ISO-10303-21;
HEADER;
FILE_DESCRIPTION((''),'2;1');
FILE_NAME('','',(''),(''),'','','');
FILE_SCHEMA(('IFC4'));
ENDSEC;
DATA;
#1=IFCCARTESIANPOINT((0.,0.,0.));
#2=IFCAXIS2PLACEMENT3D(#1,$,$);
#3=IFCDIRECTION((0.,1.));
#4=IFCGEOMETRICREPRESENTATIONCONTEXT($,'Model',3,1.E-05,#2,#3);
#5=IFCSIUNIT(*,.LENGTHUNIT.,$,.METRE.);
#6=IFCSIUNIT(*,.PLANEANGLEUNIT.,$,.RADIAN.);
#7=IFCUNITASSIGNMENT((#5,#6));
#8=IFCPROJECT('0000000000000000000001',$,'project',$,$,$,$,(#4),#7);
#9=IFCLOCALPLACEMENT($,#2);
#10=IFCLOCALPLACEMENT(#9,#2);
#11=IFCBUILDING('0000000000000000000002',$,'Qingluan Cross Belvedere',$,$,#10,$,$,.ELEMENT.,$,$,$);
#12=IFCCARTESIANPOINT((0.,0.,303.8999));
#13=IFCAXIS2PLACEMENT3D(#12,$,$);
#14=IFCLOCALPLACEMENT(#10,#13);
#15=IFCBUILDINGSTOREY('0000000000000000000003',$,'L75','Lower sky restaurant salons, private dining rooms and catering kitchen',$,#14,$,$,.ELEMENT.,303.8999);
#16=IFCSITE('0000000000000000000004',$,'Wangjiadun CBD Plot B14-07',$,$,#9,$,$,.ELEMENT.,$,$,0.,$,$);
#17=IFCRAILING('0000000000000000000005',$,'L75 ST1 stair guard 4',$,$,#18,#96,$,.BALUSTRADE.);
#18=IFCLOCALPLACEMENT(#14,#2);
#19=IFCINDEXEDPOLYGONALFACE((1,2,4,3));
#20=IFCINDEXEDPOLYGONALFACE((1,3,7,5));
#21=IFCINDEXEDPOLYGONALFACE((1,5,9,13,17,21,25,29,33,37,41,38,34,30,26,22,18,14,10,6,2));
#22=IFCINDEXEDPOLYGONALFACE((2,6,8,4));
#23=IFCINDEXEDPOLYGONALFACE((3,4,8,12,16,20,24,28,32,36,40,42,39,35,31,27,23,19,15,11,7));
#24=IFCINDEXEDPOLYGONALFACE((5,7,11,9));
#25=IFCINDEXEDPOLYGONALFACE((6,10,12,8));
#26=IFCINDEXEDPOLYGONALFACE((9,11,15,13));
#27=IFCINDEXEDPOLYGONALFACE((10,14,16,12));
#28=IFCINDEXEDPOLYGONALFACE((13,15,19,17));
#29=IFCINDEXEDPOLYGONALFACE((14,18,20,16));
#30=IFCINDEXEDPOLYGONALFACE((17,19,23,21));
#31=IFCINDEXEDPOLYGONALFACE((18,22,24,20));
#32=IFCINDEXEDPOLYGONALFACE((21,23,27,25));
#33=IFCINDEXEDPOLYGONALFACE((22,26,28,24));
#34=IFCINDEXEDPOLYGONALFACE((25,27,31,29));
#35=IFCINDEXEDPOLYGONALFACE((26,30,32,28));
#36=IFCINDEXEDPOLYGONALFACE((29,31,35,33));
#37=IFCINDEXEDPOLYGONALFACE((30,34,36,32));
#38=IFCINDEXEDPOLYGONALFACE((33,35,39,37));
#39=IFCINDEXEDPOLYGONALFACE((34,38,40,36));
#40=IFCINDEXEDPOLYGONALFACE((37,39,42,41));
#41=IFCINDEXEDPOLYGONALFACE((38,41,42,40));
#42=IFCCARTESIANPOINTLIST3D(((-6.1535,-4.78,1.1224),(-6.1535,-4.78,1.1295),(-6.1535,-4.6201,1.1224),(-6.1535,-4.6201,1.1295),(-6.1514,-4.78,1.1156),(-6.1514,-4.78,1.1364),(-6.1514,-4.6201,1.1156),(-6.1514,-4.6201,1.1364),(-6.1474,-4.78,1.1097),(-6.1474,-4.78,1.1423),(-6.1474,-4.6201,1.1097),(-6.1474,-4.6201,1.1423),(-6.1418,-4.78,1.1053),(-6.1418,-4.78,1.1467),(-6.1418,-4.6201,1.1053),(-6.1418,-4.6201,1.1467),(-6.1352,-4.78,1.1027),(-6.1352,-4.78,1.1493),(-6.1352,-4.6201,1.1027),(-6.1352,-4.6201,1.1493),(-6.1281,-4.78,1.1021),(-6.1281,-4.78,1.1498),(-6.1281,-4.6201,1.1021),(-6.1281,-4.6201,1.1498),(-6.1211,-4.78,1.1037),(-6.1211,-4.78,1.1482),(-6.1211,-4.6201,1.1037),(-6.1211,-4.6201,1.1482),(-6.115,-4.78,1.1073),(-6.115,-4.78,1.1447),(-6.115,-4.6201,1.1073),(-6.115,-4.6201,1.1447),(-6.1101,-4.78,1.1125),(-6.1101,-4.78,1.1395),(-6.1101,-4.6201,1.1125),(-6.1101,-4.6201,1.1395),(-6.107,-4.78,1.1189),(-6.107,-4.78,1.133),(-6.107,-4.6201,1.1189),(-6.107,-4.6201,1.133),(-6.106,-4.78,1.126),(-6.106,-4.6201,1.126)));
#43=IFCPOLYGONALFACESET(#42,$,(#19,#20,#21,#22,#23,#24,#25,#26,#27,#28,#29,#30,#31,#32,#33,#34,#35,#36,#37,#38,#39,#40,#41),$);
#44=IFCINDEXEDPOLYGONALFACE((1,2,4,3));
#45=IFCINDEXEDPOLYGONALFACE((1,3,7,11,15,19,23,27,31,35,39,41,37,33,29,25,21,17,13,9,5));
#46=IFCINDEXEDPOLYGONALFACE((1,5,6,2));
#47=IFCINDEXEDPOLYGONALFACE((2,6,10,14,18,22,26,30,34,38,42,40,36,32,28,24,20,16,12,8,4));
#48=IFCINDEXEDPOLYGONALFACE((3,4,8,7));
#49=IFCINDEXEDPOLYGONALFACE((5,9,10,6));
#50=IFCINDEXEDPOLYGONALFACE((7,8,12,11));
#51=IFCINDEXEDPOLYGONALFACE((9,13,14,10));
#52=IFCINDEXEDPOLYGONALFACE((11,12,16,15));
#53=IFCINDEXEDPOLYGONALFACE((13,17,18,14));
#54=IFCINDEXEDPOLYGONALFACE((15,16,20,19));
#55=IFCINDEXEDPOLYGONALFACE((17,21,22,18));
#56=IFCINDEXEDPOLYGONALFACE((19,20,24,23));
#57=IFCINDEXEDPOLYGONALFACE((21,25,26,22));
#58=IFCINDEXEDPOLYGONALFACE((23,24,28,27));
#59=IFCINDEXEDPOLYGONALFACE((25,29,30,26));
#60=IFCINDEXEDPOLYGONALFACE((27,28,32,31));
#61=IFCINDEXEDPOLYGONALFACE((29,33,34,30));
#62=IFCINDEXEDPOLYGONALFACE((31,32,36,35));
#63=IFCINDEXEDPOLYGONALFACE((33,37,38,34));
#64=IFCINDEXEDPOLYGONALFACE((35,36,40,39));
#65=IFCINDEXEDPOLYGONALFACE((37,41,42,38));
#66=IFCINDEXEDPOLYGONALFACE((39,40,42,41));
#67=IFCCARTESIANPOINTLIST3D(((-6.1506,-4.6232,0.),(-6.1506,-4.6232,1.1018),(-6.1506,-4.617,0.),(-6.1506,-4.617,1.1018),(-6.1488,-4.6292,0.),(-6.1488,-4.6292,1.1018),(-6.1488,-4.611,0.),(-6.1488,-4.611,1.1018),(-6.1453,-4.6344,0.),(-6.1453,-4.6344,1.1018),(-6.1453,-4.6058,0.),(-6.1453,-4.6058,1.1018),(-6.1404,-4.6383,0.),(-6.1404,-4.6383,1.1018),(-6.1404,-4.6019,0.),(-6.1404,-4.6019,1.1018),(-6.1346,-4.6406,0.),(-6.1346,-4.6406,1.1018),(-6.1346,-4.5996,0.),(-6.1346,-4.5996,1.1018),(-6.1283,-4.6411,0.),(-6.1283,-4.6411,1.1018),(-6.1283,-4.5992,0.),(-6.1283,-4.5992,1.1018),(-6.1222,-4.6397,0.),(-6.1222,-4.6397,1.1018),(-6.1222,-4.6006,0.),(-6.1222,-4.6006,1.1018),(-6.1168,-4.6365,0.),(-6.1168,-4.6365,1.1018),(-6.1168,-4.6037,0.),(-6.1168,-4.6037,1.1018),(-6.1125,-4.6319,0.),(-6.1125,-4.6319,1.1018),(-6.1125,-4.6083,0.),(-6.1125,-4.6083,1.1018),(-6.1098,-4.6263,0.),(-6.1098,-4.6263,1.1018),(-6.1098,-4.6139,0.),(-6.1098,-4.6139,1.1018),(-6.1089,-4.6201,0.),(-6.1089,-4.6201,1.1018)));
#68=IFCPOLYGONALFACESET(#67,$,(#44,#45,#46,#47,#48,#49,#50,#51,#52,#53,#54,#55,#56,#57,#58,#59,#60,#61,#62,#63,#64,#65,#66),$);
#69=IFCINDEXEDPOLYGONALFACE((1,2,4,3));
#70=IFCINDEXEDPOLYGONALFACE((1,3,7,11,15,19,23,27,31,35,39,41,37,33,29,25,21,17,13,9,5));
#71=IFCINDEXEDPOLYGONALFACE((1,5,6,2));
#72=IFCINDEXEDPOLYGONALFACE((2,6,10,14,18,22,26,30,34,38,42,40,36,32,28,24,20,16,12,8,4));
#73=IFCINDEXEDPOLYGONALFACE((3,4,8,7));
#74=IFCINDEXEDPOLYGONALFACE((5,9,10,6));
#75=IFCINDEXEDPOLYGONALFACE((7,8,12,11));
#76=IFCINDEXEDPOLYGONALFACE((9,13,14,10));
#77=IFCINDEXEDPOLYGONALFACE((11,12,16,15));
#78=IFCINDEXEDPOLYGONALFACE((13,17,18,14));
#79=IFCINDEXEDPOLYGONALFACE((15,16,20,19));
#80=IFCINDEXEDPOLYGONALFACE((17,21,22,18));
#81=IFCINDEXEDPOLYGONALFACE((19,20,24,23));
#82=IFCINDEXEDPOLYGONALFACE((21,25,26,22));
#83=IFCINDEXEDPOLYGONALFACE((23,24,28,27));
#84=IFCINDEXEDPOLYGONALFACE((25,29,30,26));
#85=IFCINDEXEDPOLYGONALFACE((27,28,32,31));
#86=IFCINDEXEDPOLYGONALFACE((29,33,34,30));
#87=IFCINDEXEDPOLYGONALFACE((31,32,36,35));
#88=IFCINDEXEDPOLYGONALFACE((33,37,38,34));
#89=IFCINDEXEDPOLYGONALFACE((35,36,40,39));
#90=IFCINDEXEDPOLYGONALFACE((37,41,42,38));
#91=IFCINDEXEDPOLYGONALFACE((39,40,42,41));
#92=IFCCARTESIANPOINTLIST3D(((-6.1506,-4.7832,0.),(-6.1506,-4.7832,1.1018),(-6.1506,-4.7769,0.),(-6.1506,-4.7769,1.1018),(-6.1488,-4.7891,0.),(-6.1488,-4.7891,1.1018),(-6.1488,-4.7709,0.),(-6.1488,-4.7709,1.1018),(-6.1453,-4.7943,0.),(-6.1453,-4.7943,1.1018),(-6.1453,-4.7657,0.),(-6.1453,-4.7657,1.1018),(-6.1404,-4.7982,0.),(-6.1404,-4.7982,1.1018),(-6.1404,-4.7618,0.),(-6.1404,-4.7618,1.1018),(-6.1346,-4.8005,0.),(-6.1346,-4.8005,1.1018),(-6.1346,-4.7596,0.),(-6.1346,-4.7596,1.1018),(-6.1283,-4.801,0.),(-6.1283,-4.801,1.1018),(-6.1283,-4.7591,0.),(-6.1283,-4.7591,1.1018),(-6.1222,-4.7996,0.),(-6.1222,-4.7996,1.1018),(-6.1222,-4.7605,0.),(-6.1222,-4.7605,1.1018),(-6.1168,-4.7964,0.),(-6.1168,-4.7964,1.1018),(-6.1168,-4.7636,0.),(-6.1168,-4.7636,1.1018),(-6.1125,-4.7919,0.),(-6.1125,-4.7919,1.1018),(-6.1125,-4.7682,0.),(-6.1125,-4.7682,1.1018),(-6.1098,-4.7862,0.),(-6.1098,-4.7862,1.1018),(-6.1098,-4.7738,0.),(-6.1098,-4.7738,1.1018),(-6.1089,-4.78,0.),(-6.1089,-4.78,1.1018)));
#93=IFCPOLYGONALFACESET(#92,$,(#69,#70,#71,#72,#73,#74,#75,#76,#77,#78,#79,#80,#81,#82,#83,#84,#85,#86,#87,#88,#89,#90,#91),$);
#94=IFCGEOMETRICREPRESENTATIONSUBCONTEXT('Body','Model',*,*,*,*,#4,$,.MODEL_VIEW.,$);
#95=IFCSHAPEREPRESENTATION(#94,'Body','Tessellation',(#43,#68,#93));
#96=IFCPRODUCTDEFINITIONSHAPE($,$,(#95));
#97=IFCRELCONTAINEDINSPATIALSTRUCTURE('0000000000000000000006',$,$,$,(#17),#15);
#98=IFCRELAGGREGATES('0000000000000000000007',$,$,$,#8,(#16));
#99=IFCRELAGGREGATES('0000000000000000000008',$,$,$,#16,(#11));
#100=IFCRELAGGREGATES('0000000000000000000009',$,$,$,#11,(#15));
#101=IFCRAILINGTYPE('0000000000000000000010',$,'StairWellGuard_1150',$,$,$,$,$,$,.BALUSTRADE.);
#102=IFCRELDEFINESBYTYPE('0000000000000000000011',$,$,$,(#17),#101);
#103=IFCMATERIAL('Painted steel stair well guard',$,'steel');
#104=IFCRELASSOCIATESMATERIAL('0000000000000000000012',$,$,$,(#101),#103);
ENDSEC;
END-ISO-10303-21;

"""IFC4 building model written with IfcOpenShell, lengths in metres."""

from ifc_helpers import new_model, si_unit, direction, frame, origin, origin_2d, place, context, subcontext, project, spatial, circle, extrude, material, type_object, element, save


model = new_model("IFC4")

# Units and contexts
model_context = context("Model", 3, precision=1e-05, world=origin(), true_north=direction((0.0, 1.0)))
body_context = subcontext(model_context, "Body", "Model", "MODEL_VIEW")
ifc_project = project(units=[si_unit("LENGTHUNIT", "METRE"), si_unit("PLANEANGLEUNIT", "RADIAN")], contexts=[model_context])

# Site, building, storey
site_placement = place(None, origin())
site = spatial("IfcSite", under=ifc_project, at=site_placement, Name="Wangjiadun CBD Plot B14-07", CompositionType="ELEMENT", RefElevation=0.0)
building_placement = place(site_placement, origin())
building = spatial("IfcBuilding", under=site, at=building_placement, Name="Qingluan Cross Belvedere", CompositionType="ELEMENT")
storey_placement = place(building_placement, frame((0.0, 0.0, 303.8999)))
storey = spatial("IfcBuildingStorey", under=building, at=storey_placement, Name="L75", Description="Lower sky restaurant salons, private dining rooms and catering kitchen", CompositionType="ELEMENT", Elevation=303.8999)

# Railing
ifc_material_1 = material(Name="Painted steel stair well guard", Category="steel")
railing_type_1 = type_object("IfcRailingType", Name="StairWellGuard_1150", PredefinedType="BALUSTRADE", material=ifc_material_1)
railing_1_placement = place(storey_placement, frame((-6.1299, -4.6201, 0.0)))
element("IfcRailing", 1, at=railing_1_placement, inside=storey, type_object=railing_type_1, Name="L75 ST1 stair guard 4", PredefinedType="BALUSTRADE", context=body_context, shape_type="SweptSolid", body=[
    extrude(circle(Radius=0.0239, at=origin_2d()), frame((0.0, 0.0, 1.126), z_axis=(0.0, -1.0, 0.0), x_axis=(1.0, 0.0, 0.0)), (0.0, 0.0, 1.0), 0.1599),
    extrude(circle(Radius=0.021, at=origin_2d()), origin(), (0.0, 0.0, 1.0), 1.1018),
    extrude(circle(Radius=0.021, at=origin_2d()), frame((0.0, -0.1599, 0.0)), (0.0, 0.0, 1.0), 1.1018),
])

save(model, "model.ifc")
